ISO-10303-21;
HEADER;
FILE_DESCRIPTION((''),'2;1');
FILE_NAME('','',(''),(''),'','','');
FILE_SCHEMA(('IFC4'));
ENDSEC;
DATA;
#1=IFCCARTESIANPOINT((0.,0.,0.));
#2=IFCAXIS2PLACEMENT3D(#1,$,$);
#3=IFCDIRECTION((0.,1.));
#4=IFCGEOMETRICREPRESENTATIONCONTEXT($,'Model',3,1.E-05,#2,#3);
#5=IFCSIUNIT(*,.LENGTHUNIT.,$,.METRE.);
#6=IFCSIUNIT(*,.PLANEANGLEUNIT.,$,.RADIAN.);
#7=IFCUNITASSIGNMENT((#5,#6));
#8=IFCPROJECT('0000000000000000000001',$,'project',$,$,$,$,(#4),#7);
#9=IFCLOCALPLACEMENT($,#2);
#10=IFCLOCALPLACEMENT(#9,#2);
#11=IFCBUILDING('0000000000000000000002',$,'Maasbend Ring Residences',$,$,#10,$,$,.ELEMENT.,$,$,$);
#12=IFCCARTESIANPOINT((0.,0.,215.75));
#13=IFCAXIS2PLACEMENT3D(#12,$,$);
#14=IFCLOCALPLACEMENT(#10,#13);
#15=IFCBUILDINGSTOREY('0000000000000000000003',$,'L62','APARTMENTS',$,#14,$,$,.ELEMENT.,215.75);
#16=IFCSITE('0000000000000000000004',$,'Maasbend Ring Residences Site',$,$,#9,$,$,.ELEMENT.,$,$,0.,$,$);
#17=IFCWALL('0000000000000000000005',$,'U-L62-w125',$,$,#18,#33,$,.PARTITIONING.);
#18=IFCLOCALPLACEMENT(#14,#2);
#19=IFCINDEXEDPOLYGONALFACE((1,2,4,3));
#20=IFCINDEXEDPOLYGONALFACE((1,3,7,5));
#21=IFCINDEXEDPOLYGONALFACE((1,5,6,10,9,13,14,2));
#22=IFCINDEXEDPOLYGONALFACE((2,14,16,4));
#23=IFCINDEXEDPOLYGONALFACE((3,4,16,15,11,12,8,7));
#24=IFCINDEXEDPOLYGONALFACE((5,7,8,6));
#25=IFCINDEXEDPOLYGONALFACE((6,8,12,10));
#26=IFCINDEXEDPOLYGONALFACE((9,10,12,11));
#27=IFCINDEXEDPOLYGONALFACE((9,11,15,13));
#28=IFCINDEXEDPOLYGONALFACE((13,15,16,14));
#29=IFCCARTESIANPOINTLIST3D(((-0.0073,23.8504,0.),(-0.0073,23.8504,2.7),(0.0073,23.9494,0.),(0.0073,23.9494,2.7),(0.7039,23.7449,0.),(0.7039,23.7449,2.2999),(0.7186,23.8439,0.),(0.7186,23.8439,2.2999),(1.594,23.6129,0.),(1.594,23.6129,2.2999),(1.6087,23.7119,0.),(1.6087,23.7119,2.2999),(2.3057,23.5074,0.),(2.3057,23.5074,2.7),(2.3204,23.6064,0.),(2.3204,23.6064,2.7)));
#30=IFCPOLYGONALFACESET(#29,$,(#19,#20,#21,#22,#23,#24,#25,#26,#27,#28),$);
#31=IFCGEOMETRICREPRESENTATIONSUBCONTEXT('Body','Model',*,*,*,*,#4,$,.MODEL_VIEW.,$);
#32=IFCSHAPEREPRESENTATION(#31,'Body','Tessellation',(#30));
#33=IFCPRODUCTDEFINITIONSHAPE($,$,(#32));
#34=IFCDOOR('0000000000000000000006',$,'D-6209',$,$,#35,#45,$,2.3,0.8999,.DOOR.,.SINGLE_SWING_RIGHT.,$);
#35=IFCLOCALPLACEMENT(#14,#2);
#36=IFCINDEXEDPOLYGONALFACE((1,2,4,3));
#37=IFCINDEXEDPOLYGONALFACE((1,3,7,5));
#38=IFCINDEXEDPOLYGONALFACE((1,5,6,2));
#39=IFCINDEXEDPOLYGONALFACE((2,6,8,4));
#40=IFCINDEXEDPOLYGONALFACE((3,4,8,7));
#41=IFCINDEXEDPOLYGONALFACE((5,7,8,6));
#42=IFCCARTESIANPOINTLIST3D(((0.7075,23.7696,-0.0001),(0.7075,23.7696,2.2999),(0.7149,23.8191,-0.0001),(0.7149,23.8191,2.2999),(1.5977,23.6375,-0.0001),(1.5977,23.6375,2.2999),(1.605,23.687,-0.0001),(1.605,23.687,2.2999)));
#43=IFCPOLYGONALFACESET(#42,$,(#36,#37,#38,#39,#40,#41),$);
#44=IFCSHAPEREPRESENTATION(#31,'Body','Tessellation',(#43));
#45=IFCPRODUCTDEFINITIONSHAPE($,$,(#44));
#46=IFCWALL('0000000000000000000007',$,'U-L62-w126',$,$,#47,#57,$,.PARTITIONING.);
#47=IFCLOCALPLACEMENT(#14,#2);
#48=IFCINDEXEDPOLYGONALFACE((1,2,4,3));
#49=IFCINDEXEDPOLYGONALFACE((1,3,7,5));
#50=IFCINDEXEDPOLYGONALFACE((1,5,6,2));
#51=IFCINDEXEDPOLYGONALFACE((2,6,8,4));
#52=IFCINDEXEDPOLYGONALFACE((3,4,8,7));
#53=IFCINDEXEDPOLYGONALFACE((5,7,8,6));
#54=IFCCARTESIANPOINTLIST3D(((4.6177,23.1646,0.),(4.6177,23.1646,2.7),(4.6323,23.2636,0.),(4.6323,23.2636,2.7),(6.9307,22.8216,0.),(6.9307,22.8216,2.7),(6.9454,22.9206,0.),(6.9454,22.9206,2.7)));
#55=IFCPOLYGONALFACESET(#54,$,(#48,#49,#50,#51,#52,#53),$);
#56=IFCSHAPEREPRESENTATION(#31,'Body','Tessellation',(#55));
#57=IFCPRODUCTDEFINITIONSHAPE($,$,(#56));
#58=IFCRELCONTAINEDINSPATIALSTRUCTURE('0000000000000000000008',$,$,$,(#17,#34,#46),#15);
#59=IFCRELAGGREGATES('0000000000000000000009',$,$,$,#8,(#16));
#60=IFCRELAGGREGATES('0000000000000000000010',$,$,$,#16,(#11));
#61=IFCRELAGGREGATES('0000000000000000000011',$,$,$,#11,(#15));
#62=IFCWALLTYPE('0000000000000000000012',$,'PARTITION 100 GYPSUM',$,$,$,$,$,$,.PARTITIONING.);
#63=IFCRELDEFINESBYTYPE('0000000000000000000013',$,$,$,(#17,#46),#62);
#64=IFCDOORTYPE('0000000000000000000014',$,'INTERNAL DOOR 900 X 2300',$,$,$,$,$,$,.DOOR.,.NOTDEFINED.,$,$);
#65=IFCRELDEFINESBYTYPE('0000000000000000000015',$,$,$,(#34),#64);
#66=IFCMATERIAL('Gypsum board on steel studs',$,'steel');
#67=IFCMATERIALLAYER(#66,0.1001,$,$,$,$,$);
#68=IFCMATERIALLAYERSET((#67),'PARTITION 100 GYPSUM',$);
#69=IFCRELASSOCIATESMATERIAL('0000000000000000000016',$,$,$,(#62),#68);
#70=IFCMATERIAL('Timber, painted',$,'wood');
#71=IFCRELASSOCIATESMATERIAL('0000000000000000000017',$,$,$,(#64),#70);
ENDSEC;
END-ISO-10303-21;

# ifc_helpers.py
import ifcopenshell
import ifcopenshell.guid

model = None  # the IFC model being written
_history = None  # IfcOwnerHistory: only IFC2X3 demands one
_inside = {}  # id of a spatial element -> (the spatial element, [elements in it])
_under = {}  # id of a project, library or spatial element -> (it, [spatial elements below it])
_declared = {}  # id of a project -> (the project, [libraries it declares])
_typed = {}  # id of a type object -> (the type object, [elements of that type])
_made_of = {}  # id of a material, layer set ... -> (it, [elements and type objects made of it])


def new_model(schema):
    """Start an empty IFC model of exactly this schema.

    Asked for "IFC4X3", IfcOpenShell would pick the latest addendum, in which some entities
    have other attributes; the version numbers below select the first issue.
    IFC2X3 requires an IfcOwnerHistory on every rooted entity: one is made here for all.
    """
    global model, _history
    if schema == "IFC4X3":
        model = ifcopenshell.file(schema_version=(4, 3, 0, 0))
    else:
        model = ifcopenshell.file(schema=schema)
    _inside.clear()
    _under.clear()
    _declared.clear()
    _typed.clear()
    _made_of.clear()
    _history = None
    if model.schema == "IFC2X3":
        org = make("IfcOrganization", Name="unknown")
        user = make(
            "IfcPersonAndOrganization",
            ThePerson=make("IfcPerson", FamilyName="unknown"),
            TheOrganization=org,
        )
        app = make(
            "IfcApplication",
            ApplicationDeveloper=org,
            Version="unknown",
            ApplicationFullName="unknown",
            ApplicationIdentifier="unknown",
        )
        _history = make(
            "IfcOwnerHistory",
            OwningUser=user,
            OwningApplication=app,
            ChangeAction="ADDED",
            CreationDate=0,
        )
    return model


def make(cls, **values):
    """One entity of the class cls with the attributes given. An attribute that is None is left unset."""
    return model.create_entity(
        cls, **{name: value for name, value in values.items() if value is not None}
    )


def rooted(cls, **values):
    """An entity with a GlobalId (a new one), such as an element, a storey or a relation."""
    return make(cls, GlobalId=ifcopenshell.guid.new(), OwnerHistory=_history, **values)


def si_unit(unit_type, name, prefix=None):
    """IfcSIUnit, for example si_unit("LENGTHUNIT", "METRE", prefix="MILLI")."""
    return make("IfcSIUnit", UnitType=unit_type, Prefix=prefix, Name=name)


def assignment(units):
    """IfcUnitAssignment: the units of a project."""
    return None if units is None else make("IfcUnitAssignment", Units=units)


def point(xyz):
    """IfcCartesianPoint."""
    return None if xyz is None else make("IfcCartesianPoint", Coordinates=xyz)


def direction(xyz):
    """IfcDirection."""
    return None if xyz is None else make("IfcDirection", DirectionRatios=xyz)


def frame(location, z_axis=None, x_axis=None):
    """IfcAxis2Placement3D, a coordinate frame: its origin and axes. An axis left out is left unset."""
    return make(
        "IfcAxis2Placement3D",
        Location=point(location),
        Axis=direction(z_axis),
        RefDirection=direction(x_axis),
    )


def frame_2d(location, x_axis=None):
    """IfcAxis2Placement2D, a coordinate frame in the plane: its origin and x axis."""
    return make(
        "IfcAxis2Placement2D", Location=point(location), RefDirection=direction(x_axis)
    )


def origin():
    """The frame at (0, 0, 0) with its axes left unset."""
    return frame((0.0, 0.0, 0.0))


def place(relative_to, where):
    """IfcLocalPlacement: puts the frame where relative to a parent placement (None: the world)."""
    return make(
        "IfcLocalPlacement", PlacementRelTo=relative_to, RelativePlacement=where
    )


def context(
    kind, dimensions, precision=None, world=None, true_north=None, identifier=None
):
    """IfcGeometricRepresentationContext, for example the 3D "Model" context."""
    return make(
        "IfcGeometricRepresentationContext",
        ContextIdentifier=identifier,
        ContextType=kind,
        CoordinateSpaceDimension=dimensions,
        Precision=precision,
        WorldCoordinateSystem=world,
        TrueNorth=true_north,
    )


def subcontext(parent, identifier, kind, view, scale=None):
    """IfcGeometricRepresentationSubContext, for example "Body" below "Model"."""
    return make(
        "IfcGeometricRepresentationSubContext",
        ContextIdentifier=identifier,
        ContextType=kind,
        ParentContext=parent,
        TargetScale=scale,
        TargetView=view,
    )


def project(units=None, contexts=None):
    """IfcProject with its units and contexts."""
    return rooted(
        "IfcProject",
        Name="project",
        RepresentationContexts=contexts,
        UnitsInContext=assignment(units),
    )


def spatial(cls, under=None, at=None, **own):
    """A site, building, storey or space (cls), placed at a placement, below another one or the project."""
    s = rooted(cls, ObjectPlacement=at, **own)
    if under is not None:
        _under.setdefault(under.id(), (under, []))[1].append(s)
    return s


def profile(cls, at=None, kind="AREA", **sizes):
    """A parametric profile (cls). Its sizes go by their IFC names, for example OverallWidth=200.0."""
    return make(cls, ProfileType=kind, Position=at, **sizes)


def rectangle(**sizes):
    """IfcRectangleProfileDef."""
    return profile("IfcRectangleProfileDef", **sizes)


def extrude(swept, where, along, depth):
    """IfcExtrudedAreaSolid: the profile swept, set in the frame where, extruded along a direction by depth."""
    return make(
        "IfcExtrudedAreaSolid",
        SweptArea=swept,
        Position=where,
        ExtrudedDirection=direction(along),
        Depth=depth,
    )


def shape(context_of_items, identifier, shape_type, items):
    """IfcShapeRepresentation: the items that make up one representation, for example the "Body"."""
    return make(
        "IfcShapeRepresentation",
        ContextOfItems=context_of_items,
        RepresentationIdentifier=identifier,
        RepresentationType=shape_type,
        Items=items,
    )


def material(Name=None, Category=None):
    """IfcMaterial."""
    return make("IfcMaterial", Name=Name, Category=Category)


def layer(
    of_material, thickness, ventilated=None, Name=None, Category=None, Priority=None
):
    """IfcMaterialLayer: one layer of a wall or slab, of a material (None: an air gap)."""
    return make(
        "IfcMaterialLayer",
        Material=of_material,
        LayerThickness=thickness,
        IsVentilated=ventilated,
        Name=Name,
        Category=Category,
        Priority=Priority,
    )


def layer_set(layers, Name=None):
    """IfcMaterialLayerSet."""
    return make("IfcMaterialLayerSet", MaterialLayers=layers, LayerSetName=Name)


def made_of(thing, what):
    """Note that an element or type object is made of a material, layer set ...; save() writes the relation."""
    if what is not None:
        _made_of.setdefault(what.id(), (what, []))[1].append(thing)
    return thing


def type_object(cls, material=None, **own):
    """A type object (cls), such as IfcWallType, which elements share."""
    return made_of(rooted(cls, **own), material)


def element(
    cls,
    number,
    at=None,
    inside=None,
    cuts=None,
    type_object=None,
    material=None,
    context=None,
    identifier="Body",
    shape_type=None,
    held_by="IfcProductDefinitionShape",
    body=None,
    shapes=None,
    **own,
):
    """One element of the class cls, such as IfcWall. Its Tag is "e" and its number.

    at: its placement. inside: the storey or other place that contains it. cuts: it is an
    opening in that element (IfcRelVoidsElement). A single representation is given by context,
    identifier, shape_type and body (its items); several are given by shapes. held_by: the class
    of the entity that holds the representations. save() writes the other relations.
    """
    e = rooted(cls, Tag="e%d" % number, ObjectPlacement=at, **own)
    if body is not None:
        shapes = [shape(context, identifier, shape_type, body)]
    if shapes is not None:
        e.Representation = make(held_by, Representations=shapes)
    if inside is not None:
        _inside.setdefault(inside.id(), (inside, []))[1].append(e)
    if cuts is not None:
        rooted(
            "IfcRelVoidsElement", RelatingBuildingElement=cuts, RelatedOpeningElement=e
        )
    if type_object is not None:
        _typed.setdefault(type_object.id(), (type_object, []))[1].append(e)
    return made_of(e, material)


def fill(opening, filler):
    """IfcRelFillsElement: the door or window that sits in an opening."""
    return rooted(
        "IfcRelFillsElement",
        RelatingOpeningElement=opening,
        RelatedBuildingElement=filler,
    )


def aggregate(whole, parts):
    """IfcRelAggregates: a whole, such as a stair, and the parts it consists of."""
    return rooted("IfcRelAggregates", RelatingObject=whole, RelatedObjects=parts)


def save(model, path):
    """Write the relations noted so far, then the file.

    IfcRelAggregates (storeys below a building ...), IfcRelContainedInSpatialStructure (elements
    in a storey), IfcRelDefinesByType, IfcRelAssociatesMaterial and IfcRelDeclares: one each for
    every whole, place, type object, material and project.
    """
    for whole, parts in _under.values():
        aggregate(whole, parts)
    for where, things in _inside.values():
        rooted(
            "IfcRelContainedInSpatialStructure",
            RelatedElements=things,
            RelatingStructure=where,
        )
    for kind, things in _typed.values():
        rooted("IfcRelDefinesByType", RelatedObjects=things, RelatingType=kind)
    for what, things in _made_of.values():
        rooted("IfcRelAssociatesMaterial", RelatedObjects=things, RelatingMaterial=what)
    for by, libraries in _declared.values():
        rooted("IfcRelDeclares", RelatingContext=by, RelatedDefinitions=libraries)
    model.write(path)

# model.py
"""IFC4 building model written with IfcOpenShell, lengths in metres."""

from ifc_helpers import new_model, si_unit, direction, frame, frame_2d, origin, place, context, subcontext, project, spatial, rectangle, extrude, material, layer, layer_set, type_object, element, fill, save


model = new_model("IFC4")

# Units and contexts
model_context = context("Model", 3, precision=1e-05, world=origin(), true_north=direction((0.0, 1.0)))
body_context = subcontext(model_context, "Body", "Model", "MODEL_VIEW")
ifc_project = project(units=[si_unit("LENGTHUNIT", "METRE"), si_unit("PLANEANGLEUNIT", "RADIAN")], contexts=[model_context])

# Site, building, storey
site_placement = place(None, origin())
site = spatial("IfcSite", under=ifc_project, at=site_placement, Name="Maasbend Ring Residences Site", CompositionType="ELEMENT", RefElevation=0.0)
building_placement = place(site_placement, origin())
building = spatial("IfcBuilding", under=site, at=building_placement, Name="Maasbend Ring Residences", CompositionType="ELEMENT")
storey_placement = place(building_placement, frame((0.0, 0.0, 215.75)))
storey = spatial("IfcBuildingStorey", under=building, at=storey_placement, Name="L62", Description="APARTMENTS", CompositionType="ELEMENT", Elevation=215.75)

# Wall, opening, door
ifc_material_1 = material(Name="Gypsum board on steel studs", Category="steel")
ifc_layer_1 = layer(ifc_material_1, 0.1001)
ifc_layer_set_1 = layer_set([ifc_layer_1], Name="PARTITION 100 GYPSUM")
wall_type_1 = type_object("IfcWallType", Name="PARTITION 100 GYPSUM", PredefinedType="PARTITIONING", material=ifc_layer_set_1)
wall_1_placement = place(storey_placement, frame((0.0, 23.8999, 0.0), z_axis=(0.0, 0.0, 1.0), x_axis=(0.989182, -0.146696, 0.0)))
wall_1 = element("IfcWall", 1, at=wall_1_placement, inside=storey, type_object=wall_type_1, Name="U-L62-w125", PredefinedType="PARTITIONING", context=body_context, shape_type="SweptSolid", body=[
    extrude(rectangle(XDim=2.3384, YDim=0.1001, at=frame_2d((1.1692, 0.0))), origin(), (0.0, 0.0, 1.0), 2.7),
])
opening_1_placement = place(wall_1_placement, frame((0.719, 0.0, 0.0)))
opening_1 = element("IfcOpeningElement", 2, at=opening_1_placement, cuts=wall_1, PredefinedType="OPENING", context=body_context, shape_type="SweptSolid", body=[
    extrude(rectangle(XDim=0.8999, YDim=2.3, at=frame_2d((0.45, 1.1499))), frame((0.0, 0.0601, 0.0), z_axis=(0.0, -1.0, 0.0), x_axis=(1.0, 0.0, 0.0)), (0.0, 0.0, 1.0), 0.1201),
])
ifc_material_2 = material(Name="Timber, painted", Category="wood")
door_type_1 = type_object("IfcDoorType", Name="INTERNAL DOOR 900 X 2300", OperationType="NOTDEFINED", PredefinedType="DOOR", material=ifc_material_2)
door_1_placement = place(opening_1_placement, origin())
door_1 = element("IfcDoor", 3, at=door_1_placement, inside=storey, type_object=door_type_1, Name="D-6209", OperationType="SINGLE_SWING_RIGHT", OverallHeight=2.3, OverallWidth=0.8999, PredefinedType="DOOR", context=body_context, shape_type="SweptSolid", body=[
    extrude(rectangle(XDim=0.8999, YDim=2.3, at=frame_2d((0.45, 1.1499))), frame((0.0, 0.0249, 0.0), z_axis=(0.0, -1.0, 0.0), x_axis=(1.0, 0.0, 0.0)), (0.0, 0.0, 1.0), 0.05),
])
fill(opening_1, door_1)

# Wall
wall_2_placement = place(storey_placement, frame((4.625, 23.2141, 0.0), z_axis=(0.0, 0.0, 1.0), x_axis=(0.989182, -0.146696, 0.0)))
element("IfcWall", 4, at=wall_2_placement, inside=storey, type_object=wall_type_1, Name="U-L62-w126", PredefinedType="PARTITIONING", context=body_context, shape_type="SweptSolid", body=[
    extrude(rectangle(XDim=2.3384, YDim=0.1001, at=frame_2d((1.1692, 0.0))), origin(), (0.0, 0.0, 1.0), 2.7),
])

save(model, "model.ifc")
